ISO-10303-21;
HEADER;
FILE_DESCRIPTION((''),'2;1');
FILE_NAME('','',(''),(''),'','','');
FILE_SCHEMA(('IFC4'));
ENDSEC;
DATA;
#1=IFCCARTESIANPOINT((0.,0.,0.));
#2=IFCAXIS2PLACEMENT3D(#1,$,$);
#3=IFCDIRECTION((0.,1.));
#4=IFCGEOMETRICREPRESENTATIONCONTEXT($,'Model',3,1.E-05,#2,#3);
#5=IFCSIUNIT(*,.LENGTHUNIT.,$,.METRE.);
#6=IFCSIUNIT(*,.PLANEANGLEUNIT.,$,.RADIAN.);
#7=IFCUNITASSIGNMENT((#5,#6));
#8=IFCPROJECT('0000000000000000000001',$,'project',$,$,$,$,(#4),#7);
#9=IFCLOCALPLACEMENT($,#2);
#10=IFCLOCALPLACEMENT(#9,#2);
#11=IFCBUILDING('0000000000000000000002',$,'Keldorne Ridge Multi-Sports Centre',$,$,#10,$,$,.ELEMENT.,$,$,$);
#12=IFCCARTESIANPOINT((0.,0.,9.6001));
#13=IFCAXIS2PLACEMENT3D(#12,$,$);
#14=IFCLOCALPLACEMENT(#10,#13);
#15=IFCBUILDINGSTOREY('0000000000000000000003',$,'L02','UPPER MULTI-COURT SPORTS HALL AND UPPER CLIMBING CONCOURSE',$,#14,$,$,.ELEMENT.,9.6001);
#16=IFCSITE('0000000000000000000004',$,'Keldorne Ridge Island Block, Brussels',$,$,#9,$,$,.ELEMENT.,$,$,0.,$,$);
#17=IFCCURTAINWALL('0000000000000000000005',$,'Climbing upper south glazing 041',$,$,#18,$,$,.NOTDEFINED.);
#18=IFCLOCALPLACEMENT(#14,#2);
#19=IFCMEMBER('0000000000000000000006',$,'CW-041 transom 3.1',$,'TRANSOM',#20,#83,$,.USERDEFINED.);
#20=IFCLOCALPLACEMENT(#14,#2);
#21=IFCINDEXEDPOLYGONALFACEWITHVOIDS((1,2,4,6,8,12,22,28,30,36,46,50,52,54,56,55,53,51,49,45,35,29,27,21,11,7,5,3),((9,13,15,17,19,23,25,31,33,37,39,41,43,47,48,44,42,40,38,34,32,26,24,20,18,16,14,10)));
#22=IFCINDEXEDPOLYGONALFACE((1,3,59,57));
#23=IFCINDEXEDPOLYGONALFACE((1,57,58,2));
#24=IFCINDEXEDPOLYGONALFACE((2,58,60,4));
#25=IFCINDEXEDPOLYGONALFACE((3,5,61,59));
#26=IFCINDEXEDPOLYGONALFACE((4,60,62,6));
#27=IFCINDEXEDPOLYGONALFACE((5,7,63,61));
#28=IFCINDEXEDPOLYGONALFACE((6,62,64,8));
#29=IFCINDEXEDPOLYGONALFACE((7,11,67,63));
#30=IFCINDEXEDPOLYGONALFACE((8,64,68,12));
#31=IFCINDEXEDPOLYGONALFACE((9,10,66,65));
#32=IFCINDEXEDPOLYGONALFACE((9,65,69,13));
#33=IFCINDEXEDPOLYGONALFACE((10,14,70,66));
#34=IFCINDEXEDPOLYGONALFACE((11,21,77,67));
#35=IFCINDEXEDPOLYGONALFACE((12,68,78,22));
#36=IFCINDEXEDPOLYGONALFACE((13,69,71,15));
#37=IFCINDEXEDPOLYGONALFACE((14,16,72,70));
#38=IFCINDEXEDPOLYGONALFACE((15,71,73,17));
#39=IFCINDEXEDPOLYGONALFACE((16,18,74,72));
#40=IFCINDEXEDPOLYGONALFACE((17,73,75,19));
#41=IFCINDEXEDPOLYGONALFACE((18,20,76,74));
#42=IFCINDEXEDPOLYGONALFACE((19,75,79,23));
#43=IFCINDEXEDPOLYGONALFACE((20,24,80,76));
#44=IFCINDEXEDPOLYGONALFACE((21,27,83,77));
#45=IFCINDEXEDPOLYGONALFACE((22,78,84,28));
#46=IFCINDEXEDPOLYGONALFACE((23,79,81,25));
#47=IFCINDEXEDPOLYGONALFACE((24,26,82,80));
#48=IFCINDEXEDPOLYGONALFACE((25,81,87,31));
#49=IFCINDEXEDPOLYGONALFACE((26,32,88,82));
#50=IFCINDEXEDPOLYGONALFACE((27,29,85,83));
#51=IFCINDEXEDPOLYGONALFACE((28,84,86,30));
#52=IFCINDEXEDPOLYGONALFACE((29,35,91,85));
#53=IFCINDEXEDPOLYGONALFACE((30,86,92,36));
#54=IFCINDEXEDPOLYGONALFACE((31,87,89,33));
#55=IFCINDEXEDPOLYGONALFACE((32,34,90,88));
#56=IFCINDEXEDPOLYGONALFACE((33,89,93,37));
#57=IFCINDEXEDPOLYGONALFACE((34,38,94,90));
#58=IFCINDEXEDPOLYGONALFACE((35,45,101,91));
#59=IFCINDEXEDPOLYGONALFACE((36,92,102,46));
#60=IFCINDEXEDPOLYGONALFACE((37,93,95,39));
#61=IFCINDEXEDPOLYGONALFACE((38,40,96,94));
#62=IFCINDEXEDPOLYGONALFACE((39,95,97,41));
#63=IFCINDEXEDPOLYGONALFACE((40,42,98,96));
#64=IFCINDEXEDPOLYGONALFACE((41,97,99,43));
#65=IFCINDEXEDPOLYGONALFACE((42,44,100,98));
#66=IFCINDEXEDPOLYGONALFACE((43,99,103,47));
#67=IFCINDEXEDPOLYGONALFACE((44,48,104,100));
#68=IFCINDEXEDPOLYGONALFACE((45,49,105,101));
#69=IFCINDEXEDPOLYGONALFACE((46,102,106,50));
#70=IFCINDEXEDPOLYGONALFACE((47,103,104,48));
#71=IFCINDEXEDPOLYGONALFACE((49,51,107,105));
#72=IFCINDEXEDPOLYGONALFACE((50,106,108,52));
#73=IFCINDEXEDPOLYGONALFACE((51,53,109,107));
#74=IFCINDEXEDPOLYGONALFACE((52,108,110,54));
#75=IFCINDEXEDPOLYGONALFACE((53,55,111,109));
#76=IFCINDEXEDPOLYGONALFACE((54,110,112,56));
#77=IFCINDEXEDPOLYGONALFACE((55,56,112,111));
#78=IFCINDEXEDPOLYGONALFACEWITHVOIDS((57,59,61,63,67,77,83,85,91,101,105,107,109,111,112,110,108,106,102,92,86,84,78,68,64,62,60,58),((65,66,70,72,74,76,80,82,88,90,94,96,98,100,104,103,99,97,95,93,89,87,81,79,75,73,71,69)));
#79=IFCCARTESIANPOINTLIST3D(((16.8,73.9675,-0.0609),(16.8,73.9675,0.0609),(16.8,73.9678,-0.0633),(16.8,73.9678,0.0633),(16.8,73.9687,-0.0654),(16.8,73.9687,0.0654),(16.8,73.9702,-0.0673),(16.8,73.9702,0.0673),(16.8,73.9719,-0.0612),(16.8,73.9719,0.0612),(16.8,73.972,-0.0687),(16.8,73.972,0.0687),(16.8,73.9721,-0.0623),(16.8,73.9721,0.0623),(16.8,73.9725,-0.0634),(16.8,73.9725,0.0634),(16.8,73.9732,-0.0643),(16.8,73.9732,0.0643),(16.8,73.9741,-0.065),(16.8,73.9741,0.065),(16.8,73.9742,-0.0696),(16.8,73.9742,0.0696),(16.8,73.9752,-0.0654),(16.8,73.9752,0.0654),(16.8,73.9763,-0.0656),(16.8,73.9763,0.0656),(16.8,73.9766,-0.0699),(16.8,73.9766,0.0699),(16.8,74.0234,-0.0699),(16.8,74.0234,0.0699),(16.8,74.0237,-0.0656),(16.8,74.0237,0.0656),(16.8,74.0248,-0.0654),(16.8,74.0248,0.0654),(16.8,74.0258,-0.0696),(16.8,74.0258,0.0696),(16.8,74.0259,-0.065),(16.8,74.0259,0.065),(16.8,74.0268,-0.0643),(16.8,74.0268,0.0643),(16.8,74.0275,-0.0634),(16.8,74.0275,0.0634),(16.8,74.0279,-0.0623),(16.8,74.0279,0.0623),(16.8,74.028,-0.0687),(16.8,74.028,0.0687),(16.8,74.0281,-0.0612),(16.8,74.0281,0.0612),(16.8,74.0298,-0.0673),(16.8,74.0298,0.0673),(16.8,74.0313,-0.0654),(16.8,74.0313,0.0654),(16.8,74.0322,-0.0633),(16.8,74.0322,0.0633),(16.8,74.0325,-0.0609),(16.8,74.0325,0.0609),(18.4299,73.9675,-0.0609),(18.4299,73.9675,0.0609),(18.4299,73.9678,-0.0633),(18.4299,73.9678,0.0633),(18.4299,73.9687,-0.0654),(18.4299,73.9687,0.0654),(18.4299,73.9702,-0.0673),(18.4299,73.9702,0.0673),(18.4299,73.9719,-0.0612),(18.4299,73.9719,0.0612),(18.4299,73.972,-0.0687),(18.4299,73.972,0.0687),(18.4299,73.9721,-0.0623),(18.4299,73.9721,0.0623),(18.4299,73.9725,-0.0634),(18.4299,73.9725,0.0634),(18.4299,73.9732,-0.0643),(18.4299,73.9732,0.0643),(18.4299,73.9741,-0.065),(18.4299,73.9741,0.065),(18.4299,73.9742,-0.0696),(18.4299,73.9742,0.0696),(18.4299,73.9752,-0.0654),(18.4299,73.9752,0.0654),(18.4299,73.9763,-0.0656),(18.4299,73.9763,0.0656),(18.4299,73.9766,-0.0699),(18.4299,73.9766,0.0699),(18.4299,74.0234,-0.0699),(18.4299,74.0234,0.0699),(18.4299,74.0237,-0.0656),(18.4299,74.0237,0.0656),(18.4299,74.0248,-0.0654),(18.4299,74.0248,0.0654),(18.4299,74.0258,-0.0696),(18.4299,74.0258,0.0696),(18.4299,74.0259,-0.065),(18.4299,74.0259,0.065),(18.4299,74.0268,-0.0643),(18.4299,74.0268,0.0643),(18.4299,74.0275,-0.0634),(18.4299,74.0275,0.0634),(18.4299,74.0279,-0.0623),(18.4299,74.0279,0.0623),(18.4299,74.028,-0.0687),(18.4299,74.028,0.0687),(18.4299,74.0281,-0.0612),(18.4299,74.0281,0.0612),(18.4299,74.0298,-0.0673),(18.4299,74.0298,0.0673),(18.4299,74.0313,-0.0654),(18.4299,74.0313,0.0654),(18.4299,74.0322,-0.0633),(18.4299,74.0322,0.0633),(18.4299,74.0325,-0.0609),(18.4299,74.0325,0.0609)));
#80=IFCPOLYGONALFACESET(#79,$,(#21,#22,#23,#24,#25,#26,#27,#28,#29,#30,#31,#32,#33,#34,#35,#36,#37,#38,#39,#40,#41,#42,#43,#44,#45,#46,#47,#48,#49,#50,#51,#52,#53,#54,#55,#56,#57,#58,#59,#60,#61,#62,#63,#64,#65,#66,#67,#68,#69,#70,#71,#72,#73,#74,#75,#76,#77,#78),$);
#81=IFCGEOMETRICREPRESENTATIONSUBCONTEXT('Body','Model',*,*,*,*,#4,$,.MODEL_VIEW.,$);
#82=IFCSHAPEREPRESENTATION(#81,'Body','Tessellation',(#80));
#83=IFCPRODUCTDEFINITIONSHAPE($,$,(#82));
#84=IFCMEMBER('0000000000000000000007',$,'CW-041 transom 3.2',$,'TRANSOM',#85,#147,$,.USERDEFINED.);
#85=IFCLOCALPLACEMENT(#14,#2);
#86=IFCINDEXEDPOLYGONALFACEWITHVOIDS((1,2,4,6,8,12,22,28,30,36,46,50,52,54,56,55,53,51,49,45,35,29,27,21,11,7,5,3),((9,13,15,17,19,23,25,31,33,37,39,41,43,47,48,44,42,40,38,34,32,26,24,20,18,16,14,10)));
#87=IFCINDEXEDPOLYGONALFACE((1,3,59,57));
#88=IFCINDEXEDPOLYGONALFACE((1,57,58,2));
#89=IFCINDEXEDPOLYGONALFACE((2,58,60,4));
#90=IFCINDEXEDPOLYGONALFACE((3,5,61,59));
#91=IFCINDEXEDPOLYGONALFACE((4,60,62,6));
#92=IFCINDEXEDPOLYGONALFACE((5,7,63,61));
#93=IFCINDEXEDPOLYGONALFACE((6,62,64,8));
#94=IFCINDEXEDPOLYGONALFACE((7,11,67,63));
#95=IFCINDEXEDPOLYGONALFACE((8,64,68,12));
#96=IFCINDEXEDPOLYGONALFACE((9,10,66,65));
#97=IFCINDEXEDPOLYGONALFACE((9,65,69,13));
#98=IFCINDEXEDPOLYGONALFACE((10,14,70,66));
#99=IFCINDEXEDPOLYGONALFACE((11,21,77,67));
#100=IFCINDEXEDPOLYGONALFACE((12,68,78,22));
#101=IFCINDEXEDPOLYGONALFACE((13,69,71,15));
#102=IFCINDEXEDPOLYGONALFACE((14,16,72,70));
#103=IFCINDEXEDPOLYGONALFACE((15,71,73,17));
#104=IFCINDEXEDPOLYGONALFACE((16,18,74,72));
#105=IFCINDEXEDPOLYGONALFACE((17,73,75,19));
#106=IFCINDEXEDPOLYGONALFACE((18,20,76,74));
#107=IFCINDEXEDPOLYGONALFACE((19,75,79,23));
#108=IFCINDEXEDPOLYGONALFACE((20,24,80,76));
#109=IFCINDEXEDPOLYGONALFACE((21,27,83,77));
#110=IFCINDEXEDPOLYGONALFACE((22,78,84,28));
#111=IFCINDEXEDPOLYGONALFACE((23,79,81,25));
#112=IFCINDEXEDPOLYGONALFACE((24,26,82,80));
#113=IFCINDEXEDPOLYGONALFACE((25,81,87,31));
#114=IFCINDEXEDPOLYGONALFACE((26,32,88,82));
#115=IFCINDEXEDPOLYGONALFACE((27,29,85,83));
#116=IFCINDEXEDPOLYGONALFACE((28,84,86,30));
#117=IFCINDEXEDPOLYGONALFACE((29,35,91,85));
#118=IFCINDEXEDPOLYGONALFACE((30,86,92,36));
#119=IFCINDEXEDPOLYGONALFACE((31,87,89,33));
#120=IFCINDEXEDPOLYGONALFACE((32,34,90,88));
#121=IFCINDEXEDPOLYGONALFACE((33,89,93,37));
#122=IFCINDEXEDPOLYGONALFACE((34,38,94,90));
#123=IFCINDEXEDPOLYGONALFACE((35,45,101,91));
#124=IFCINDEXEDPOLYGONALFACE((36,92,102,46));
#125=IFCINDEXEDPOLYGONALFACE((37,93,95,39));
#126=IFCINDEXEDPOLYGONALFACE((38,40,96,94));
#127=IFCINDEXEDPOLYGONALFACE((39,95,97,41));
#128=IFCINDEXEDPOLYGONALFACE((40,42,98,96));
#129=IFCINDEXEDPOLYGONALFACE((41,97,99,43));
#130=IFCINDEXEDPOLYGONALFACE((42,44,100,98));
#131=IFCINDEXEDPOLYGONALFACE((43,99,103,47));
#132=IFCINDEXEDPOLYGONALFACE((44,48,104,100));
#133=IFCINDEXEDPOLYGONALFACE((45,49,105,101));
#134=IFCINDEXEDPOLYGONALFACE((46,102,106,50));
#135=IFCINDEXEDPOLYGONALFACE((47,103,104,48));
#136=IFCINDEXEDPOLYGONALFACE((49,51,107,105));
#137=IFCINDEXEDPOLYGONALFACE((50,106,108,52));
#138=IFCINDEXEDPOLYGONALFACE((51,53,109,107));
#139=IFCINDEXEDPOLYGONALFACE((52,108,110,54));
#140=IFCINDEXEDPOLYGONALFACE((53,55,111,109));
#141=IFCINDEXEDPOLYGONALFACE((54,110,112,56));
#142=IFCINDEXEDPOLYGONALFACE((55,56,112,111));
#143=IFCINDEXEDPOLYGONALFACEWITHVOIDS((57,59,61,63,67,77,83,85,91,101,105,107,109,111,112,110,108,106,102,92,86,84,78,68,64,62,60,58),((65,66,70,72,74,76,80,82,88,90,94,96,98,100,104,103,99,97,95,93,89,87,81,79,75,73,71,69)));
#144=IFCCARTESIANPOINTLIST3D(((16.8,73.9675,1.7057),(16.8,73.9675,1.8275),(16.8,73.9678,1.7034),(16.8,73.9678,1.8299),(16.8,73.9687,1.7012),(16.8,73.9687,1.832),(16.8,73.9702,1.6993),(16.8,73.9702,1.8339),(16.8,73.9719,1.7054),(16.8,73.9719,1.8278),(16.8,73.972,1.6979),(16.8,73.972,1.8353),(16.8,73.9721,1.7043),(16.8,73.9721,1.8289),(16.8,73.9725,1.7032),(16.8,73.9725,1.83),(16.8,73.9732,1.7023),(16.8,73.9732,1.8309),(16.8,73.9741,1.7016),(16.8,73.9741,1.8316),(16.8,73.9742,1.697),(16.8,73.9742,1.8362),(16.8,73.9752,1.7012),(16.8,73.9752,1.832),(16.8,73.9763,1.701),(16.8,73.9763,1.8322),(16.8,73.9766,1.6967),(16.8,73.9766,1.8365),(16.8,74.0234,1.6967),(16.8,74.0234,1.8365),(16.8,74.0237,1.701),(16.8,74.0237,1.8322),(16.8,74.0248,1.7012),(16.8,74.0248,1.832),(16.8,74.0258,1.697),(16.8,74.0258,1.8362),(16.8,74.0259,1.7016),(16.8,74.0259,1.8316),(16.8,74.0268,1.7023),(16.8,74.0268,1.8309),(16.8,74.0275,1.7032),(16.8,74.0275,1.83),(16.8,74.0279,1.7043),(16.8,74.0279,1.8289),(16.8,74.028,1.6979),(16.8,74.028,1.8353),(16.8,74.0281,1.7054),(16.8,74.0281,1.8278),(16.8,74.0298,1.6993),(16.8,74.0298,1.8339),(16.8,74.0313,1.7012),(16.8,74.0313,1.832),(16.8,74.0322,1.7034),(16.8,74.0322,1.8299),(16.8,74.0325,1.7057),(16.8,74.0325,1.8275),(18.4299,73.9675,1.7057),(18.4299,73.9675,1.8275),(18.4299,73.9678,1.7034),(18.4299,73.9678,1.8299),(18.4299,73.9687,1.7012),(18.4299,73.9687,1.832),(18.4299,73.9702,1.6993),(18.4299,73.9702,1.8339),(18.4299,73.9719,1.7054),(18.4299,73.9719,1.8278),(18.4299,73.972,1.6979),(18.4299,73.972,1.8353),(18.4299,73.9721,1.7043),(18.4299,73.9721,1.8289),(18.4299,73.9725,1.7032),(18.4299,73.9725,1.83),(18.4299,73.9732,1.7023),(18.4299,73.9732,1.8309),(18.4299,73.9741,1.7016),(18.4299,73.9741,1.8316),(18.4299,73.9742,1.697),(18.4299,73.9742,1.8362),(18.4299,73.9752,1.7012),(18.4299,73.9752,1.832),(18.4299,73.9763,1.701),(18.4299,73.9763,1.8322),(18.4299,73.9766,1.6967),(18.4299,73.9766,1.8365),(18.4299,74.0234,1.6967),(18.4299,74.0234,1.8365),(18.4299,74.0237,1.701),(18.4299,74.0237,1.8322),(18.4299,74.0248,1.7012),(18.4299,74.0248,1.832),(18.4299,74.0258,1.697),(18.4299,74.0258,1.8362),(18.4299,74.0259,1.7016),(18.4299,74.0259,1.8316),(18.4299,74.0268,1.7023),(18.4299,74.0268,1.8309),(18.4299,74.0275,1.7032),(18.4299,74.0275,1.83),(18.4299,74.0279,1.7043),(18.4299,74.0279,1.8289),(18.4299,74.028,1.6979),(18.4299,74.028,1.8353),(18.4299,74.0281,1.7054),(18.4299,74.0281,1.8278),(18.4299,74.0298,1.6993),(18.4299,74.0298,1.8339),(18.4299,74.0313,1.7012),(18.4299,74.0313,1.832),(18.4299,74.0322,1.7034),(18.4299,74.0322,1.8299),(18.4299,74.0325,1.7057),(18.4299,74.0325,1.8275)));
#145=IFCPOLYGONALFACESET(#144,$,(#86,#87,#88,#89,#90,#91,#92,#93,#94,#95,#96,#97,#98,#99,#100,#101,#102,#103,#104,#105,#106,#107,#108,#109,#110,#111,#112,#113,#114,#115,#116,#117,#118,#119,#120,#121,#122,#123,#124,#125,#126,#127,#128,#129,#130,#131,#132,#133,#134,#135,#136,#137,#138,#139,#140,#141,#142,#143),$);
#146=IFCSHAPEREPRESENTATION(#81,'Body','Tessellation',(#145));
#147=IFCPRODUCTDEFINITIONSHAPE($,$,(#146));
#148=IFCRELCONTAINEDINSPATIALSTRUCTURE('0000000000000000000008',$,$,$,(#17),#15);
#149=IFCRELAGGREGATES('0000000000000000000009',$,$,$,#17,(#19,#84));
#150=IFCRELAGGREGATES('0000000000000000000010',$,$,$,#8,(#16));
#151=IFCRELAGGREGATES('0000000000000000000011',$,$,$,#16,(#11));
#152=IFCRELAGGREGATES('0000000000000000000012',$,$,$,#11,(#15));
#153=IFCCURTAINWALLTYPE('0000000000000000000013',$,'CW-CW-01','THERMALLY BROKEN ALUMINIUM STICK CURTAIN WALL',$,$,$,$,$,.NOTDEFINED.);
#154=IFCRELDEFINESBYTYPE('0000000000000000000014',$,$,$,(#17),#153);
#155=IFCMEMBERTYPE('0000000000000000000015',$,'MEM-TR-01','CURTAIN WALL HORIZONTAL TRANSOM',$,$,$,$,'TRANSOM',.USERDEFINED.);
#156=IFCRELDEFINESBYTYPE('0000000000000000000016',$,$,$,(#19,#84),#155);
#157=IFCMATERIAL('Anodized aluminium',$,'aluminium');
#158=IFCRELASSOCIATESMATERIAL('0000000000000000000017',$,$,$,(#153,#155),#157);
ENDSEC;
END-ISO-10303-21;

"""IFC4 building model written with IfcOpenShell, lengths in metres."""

from ifc_helpers import new_model, si_unit, direction, frame, origin, origin_2d, place, context, subcontext, project, spatial, hollow_rectangle, extrude, material, material_profile, profile_set, type_object, element, aggregate, save


model = new_model("IFC4")

# Units and contexts
model_context = context("Model", 3, precision=1e-05, world=origin(), true_north=direction((0.0, 1.0)))
body_context = subcontext(model_context, "Body", "Model", "MODEL_VIEW")
ifc_project = project(units=[si_unit("LENGTHUNIT", "METRE"), si_unit("PLANEANGLEUNIT", "RADIAN")], contexts=[model_context])

# Site, building, storey
site_placement = place(None, origin())
site = spatial("IfcSite", under=ifc_project, at=site_placement, Name="Keldorne Ridge Island Block, Brussels", CompositionType="ELEMENT", RefElevation=0.0)
building_placement = place(site_placement, origin())
building = spatial("IfcBuilding", under=site, at=building_placement, Name="Keldorne Ridge Multi-Sports Centre", CompositionType="ELEMENT")
storey_placement = place(building_placement, frame((0.0, 0.0, 9.6001)))
storey = spatial("IfcBuildingStorey", under=building, at=storey_placement, Name="L02", Description="UPPER MULTI-COURT SPORTS HALL AND UPPER CLIMBING CONCOURSE", CompositionType="ELEMENT", Elevation=9.6001)

# Curtain wall
ifc_material_1 = material(Name="Anodized aluminium", Category="aluminium")
curtain_wall_type = type_object("IfcCurtainWallType", Name="CW-CW-01", Description="THERMALLY BROKEN ALUMINIUM STICK CURTAIN WALL", PredefinedType="NOTDEFINED", material=ifc_material_1)
curtain_wall_placement = place(storey_placement, origin())
curtain_wall = element("IfcCurtainWall", 1, at=curtain_wall_placement, inside=storey, type_object=curtain_wall_type, Name="Climbing upper south glazing 041", PredefinedType="NOTDEFINED")

# Members
ifc_material_profile_1 = material_profile(ifc_material_1, hollow_rectangle(XDim=0.0649, YDim=0.1399, WallThickness=0.0044, InnerFilletRadius=0.0044, OuterFilletRadius=0.009, at=origin_2d()), Name="ALU TRANSOM 140x65x4.5")
ifc_profile_set_1 = profile_set([ifc_material_profile_1], Name="Anodized aluminium")
member_type_1 = type_object("IfcMemberType", Name="MEM-TR-01", Description="CURTAIN WALL HORIZONTAL TRANSOM", ElementType="TRANSOM", PredefinedType="USERDEFINED", material=ifc_profile_set_1)
member_1_placement = place(storey_placement, frame((16.8, 74.0, 0.0), z_axis=(1.0, 0.0, 0.0), x_axis=(0.0, 1.0, 0.0)))
member_1 = element("IfcMember", 2, at=member_1_placement, type_object=member_type_1, Name="CW-041 transom 3.1", ObjectType="TRANSOM", PredefinedType="USERDEFINED", context=body_context, shape_type="SweptSolid", body=[
    extrude(hollow_rectangle(XDim=0.0649, YDim=0.1399, WallThickness=0.0044, InnerFilletRadius=0.0044, OuterFilletRadius=0.009, at=origin_2d()), origin(), (0.0, 0.0, 1.0), 1.6299),
])
member_2_placement = place(storey_placement, frame((16.8, 74.0, 1.7666), z_axis=(1.0, 0.0, 0.0), x_axis=(0.0, 1.0, 0.0)))
member_2 = element("IfcMember", 3, at=member_2_placement, type_object=member_type_1, Name="CW-041 transom 3.2", ObjectType="TRANSOM", PredefinedType="USERDEFINED", context=body_context, shape_type="SweptSolid", body=[
    extrude(hollow_rectangle(XDim=0.0649, YDim=0.1399, WallThickness=0.0044, InnerFilletRadius=0.0044, OuterFilletRadius=0.009, at=origin_2d()), origin(), (0.0, 0.0, 1.0), 1.6299),
])

aggregate(curtain_wall, [member_1, member_2])

save(model, "model.ifc")
